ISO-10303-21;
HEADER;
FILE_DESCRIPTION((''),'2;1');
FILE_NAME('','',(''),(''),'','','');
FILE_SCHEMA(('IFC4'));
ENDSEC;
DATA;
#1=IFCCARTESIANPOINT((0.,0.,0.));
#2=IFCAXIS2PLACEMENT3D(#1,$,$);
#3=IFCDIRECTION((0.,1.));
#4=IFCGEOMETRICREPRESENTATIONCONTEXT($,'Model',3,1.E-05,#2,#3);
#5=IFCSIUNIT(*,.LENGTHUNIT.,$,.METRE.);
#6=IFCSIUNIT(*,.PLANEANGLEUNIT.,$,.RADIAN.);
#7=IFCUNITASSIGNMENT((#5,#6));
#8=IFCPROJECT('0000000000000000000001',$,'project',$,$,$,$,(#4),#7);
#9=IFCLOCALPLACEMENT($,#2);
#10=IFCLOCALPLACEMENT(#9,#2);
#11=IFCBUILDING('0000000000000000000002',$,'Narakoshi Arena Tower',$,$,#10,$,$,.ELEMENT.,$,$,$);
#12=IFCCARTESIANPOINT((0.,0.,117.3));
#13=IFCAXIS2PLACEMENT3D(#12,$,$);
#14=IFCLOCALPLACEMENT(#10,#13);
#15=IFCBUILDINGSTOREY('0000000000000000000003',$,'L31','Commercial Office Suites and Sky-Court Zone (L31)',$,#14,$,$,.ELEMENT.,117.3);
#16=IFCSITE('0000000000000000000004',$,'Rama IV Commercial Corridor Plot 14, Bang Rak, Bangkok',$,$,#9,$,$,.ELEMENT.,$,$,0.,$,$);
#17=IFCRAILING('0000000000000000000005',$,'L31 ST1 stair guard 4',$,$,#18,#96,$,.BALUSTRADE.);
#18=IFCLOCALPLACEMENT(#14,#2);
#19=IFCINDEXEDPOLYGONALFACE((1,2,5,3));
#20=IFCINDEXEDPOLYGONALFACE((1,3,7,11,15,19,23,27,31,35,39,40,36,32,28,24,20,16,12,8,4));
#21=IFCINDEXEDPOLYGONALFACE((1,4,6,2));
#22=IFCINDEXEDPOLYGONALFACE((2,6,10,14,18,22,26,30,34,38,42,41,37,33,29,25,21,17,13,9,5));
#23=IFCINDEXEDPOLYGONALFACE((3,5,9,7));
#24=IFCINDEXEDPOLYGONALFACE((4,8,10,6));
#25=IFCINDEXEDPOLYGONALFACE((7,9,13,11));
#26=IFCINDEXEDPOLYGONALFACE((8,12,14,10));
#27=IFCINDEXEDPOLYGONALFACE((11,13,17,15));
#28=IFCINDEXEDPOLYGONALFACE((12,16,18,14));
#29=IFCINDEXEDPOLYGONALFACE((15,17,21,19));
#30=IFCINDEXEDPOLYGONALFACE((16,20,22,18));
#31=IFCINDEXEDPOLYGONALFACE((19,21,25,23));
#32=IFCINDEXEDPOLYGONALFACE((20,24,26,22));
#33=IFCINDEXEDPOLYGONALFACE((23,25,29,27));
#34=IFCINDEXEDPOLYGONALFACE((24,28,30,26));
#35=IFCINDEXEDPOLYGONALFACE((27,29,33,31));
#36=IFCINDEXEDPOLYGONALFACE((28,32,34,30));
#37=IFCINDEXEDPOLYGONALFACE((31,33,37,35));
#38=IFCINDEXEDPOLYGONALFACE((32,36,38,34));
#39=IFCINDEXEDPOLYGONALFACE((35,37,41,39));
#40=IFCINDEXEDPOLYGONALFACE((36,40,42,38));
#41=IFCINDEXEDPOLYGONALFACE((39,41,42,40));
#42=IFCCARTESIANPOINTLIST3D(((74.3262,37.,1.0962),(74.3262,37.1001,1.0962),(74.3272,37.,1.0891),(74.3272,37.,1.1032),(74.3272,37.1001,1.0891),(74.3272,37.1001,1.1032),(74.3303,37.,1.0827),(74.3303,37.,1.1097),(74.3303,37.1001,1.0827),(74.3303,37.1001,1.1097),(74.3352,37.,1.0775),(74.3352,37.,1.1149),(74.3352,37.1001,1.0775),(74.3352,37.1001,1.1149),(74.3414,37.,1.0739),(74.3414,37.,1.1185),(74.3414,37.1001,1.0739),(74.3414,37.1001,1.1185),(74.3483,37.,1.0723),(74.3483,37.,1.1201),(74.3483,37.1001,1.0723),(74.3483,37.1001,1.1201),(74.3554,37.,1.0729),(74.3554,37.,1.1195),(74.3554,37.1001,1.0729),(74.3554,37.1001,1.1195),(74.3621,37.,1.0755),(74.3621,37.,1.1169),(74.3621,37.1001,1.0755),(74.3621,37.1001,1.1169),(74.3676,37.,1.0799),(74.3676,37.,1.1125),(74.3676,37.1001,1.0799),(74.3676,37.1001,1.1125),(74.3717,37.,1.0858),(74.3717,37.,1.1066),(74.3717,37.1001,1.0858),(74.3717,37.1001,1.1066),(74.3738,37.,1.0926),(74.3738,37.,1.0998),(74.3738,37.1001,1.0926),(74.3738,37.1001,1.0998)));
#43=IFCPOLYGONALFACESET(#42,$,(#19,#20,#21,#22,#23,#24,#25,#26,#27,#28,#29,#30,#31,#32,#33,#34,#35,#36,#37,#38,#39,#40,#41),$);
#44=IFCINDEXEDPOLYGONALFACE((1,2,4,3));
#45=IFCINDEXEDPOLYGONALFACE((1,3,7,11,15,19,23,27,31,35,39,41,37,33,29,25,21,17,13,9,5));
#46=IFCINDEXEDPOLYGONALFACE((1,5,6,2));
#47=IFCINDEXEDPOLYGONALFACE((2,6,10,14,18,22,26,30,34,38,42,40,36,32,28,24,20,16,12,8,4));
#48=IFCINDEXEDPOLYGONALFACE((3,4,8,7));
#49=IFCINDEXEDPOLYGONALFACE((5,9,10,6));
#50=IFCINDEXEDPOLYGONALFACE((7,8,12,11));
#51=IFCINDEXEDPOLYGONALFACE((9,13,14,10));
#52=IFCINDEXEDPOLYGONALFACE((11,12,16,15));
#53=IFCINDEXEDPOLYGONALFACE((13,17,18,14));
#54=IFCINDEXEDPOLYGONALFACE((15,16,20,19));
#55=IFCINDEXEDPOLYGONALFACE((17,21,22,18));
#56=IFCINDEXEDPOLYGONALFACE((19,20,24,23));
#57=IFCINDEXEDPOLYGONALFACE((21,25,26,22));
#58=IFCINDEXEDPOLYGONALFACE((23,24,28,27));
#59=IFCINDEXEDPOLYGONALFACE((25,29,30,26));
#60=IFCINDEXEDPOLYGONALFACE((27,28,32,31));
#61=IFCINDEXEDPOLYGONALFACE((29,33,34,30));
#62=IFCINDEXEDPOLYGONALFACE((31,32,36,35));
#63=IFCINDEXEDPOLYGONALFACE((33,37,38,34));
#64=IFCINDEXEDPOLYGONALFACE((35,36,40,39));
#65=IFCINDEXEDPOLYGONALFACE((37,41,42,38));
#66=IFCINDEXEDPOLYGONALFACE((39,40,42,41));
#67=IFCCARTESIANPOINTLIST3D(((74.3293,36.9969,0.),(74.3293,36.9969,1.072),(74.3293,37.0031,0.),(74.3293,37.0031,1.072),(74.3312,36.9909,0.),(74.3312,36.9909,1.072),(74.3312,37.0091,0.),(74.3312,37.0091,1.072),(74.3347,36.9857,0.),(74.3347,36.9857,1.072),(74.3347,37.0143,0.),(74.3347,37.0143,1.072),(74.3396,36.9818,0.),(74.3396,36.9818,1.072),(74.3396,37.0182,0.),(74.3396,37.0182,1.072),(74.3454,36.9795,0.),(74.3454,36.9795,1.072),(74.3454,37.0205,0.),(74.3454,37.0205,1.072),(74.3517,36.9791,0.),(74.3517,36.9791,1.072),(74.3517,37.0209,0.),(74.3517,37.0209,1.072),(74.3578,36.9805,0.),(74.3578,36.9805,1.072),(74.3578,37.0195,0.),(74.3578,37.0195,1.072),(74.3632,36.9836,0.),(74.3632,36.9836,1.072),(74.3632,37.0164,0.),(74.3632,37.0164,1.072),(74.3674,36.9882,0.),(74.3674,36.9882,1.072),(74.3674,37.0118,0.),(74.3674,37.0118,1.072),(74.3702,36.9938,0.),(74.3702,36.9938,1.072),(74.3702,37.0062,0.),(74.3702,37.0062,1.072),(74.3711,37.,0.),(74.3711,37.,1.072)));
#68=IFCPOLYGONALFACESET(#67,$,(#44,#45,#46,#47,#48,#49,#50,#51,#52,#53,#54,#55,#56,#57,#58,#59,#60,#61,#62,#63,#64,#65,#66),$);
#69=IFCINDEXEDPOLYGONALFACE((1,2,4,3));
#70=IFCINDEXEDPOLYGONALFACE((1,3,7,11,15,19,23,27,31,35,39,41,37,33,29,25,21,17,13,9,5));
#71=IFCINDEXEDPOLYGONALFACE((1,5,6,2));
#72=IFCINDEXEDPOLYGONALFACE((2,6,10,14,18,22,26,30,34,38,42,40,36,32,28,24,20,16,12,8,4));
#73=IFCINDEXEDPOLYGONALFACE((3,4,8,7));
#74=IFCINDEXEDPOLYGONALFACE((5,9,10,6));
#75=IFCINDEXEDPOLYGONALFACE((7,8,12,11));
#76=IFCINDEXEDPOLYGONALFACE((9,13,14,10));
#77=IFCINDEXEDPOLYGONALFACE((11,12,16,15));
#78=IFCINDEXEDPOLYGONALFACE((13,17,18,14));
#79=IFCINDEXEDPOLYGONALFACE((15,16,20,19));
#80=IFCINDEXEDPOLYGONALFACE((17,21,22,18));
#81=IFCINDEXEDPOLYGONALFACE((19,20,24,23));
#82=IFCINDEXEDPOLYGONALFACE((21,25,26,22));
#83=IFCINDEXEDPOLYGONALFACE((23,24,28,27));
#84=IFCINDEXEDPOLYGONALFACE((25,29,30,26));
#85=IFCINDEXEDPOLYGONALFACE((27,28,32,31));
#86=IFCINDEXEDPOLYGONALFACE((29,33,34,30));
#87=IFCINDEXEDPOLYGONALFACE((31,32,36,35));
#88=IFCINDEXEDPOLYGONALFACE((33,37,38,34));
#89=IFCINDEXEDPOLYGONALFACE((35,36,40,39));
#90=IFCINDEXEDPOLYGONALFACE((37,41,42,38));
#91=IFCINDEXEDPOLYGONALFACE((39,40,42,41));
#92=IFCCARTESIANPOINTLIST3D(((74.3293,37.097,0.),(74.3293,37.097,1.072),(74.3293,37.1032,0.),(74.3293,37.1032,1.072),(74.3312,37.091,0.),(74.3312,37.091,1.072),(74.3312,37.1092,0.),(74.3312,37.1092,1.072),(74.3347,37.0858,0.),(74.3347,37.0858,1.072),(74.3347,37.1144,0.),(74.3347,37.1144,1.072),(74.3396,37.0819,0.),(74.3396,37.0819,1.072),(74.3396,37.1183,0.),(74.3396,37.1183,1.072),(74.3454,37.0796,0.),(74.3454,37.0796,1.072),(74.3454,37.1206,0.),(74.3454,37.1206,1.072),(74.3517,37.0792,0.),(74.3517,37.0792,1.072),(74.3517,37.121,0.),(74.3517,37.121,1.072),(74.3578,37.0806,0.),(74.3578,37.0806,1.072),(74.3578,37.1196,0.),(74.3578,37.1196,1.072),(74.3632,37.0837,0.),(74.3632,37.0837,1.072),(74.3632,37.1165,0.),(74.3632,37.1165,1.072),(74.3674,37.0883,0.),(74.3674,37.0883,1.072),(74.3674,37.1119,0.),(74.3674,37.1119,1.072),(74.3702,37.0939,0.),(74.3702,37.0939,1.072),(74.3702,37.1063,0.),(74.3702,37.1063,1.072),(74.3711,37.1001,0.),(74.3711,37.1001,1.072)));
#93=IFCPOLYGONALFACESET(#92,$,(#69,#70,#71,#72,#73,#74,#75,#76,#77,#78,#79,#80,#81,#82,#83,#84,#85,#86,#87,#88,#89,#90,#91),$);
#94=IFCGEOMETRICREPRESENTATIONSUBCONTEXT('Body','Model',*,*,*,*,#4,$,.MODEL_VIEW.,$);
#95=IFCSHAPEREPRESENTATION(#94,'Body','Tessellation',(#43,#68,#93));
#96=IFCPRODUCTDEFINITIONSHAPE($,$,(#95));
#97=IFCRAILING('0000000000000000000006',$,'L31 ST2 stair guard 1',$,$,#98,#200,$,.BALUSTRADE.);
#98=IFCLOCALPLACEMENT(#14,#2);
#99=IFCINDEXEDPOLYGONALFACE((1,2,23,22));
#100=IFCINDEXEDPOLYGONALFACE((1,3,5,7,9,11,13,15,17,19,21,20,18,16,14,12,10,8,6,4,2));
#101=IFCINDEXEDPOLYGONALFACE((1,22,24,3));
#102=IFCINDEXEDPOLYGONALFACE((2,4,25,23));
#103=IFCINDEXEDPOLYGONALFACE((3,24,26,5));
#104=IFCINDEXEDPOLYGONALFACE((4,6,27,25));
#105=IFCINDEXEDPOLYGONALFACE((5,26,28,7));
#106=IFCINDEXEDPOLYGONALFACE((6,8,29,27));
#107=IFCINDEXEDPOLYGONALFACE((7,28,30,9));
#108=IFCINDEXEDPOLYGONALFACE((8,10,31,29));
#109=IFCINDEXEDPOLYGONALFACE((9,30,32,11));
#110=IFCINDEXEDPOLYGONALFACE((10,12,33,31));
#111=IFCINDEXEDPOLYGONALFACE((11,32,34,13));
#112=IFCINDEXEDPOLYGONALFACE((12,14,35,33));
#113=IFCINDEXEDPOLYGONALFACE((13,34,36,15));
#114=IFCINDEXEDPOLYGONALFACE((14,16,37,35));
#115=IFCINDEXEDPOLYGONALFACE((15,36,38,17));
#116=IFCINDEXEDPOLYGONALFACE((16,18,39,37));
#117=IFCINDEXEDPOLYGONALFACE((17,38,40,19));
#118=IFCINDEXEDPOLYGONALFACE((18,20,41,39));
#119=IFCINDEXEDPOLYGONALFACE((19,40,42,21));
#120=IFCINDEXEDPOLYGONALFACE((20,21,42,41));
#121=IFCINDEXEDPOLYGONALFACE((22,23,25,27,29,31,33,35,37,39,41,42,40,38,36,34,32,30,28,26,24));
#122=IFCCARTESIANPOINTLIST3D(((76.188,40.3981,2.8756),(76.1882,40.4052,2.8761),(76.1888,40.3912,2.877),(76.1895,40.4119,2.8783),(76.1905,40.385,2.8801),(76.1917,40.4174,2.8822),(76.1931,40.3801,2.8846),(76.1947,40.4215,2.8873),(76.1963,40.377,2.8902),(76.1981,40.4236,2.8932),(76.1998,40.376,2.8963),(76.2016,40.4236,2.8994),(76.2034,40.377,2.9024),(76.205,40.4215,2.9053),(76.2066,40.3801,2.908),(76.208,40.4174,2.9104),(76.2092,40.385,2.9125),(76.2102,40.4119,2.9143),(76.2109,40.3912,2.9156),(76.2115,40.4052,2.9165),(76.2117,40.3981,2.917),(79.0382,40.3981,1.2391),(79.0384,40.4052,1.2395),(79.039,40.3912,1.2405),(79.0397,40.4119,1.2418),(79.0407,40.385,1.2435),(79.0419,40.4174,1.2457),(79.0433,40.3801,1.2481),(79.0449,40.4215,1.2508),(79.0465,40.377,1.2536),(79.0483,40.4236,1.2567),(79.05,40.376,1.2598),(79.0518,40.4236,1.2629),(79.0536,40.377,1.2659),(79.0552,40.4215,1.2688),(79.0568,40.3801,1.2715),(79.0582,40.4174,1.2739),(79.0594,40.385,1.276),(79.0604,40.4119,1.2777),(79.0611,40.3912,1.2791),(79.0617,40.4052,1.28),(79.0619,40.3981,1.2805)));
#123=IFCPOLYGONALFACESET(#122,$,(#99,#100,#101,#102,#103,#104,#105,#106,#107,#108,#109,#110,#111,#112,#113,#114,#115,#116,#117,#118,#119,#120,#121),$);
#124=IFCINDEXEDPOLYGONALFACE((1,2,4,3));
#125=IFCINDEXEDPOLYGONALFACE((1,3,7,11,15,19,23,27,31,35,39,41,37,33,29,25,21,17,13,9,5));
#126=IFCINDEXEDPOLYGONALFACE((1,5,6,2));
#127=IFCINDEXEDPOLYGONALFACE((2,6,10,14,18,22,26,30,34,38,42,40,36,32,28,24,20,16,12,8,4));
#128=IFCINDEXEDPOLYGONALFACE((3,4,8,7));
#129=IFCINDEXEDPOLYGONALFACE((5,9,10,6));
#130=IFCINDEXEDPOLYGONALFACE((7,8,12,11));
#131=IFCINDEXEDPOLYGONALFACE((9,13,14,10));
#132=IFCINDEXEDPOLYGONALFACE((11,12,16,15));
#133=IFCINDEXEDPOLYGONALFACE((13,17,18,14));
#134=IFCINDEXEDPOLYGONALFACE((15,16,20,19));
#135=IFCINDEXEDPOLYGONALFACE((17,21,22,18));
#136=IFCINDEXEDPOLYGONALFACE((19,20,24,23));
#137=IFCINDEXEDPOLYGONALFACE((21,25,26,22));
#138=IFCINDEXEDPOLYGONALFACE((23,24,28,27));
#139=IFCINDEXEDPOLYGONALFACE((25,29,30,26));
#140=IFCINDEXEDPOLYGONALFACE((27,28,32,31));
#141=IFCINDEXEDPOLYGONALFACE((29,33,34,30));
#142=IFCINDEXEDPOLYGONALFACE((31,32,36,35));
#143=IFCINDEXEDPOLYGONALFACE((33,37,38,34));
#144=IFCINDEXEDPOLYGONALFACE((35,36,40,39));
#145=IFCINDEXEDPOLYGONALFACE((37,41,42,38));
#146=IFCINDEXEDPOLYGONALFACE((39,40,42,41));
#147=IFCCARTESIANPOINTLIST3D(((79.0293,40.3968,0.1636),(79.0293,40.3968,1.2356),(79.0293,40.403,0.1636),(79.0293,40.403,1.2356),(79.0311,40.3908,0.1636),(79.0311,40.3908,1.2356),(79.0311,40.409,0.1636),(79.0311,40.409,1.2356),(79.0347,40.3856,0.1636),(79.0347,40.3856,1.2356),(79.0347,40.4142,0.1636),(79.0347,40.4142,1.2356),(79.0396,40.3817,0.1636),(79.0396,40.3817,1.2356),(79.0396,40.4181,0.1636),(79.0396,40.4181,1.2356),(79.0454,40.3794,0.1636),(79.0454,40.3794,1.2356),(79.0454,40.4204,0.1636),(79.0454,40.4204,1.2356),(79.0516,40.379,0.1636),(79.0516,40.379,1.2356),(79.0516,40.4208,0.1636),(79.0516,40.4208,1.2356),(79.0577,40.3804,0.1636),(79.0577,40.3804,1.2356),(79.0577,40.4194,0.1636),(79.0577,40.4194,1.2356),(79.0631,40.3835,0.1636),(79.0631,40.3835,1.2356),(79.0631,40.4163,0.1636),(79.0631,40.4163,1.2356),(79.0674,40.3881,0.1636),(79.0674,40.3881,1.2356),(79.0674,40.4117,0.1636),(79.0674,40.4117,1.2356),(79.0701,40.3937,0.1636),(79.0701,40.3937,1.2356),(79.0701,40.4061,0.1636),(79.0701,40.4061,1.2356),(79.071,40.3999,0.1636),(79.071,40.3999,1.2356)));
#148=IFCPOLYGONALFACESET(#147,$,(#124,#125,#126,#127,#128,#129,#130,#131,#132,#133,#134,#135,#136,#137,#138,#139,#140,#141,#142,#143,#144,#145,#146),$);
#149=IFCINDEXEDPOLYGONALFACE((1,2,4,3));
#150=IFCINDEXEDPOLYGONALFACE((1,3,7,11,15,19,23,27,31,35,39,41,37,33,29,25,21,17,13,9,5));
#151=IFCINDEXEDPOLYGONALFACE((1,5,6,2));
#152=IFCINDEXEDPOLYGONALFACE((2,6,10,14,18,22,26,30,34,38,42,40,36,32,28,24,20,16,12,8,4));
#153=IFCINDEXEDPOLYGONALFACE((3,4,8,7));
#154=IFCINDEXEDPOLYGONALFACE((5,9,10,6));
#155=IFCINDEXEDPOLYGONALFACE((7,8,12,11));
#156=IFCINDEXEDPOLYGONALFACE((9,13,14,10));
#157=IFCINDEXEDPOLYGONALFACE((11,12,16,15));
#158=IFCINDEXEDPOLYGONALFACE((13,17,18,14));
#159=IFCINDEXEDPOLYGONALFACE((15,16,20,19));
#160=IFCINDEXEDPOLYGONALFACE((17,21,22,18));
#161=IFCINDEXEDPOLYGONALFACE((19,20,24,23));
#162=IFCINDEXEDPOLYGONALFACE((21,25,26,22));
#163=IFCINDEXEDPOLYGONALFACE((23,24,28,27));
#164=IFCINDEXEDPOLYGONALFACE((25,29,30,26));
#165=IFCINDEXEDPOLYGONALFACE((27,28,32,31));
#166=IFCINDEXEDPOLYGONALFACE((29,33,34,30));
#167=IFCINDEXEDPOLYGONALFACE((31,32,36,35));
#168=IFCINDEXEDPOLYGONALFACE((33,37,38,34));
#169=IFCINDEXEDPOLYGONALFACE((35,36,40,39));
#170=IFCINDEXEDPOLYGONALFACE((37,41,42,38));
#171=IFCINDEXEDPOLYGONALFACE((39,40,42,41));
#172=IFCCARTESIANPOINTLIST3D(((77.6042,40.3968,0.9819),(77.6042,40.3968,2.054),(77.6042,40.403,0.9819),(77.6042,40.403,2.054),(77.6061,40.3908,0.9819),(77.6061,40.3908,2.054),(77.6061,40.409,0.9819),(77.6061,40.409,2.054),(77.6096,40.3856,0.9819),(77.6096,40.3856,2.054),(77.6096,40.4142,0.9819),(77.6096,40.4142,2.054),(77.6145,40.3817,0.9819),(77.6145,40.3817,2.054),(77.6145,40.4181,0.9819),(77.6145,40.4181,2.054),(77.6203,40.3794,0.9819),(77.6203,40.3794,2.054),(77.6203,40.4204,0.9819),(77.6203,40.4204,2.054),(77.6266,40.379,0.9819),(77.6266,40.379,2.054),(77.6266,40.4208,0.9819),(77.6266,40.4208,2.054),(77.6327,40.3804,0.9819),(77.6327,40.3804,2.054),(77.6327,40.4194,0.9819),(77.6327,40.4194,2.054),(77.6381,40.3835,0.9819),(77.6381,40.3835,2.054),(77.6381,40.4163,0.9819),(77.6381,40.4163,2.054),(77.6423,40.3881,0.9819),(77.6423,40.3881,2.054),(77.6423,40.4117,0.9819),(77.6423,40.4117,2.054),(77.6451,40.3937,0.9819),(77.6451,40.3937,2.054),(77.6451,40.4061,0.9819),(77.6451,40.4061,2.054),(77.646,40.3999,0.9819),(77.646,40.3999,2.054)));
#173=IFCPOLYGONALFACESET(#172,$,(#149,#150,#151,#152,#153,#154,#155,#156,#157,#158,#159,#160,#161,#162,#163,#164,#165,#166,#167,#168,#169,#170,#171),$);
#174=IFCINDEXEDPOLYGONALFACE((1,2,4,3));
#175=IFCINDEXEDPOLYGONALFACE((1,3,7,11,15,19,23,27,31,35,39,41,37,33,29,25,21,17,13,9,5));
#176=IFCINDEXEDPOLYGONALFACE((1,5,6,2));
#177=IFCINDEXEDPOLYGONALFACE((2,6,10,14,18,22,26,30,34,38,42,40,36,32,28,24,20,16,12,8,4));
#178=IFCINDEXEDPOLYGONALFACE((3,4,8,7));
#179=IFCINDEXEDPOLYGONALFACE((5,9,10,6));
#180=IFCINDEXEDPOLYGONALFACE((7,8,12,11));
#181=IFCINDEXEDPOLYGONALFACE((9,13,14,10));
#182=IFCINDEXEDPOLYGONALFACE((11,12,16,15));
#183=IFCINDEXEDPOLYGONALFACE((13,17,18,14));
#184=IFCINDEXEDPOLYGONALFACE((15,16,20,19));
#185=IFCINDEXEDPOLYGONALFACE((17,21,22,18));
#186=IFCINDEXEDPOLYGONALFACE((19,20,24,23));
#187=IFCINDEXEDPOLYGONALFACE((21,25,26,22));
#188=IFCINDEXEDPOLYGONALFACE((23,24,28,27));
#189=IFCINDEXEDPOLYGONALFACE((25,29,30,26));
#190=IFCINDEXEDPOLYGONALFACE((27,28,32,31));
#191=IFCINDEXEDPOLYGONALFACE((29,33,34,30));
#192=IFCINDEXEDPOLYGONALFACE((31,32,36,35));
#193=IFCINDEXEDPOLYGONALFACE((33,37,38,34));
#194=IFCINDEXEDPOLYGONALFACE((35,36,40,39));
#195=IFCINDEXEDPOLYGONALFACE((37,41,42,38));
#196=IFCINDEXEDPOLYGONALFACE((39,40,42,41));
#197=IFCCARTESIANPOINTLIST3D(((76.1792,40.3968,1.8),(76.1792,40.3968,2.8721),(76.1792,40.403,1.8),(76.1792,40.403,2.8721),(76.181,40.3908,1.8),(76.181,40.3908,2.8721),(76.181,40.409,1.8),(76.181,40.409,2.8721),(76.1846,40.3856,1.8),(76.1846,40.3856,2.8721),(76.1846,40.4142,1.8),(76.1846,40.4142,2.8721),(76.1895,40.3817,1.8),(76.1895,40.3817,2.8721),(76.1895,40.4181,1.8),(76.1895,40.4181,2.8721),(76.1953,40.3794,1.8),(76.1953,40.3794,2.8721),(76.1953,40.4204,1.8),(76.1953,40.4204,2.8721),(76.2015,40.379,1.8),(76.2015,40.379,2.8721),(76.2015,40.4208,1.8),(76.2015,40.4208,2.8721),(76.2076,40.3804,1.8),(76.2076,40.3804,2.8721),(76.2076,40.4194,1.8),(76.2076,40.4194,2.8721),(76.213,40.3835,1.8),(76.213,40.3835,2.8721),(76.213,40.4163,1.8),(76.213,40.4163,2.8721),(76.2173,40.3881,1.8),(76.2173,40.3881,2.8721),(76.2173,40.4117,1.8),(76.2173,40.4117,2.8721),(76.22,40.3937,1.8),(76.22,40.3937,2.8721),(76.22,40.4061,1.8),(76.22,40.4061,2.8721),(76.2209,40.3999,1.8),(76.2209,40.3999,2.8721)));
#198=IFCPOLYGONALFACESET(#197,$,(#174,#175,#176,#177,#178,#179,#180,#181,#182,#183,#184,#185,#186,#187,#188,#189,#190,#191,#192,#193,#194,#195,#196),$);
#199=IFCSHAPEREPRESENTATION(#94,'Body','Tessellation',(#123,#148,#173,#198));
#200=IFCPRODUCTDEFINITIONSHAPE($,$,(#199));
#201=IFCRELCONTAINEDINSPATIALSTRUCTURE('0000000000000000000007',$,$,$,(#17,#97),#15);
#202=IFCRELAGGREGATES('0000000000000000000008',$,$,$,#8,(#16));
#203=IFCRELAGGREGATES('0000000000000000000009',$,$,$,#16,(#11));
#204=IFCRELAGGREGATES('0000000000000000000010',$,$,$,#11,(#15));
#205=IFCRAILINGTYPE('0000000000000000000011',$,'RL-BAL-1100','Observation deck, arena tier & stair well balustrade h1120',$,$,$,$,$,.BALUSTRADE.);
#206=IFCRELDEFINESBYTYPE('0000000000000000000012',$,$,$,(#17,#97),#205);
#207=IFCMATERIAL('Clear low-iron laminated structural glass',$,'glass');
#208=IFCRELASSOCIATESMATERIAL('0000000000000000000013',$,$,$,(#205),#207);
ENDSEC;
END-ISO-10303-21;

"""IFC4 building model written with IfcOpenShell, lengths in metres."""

from ifc_helpers import new_model, si_unit, direction, frame, origin, origin_2d, place, context, subcontext, project, spatial, circle, extrude, material, type_object, element, save


model = new_model("IFC4")

# Units and contexts
model_context = context("Model", 3, precision=1e-05, world=origin(), true_north=direction((0.0, 1.0)))
body_context = subcontext(model_context, "Body", "Model", "MODEL_VIEW")
ifc_project = project(units=[si_unit("LENGTHUNIT", "METRE"), si_unit("PLANEANGLEUNIT", "RADIAN")], contexts=[model_context])

# Site, building, storey
site_placement = place(None, origin())
site = spatial("IfcSite", under=ifc_project, at=site_placement, Name="Rama IV Commercial Corridor Plot 14, Bang Rak, Bangkok", CompositionType="ELEMENT", RefElevation=0.0)
building_placement = place(site_placement, origin())
building = spatial("IfcBuilding", under=site, at=building_placement, Name="Narakoshi Arena Tower", CompositionType="ELEMENT")
storey_placement = place(building_placement, frame((0.0, 0.0, 117.3)))
storey = spatial("IfcBuildingStorey", under=building, at=storey_placement, Name="L31", Description="Commercial Office Suites and Sky-Court Zone (L31)", CompositionType="ELEMENT", Elevation=117.3)

# Railings
ifc_material_1 = material(Name="Clear low-iron laminated structural glass", Category="glass")
railing_type_1 = type_object("IfcRailingType", Name="RL-BAL-1100", Description="Observation deck, arena tier & stair well balustrade h1120", PredefinedType="BALUSTRADE", material=ifc_material_1)
railing_1_placement = place(storey_placement, frame((74.3501, 37.0, 0.0)))
element("IfcRailing", 1, at=railing_1_placement, inside=storey, type_object=railing_type_1, Name="L31 ST1 stair guard 4", PredefinedType="BALUSTRADE", context=body_context, shape_type="SweptSolid", body=[
    extrude(circle(Radius=0.0239, at=origin_2d()), frame((0.0, 0.0, 1.0962), z_axis=(0.0, 1.0, 0.0), x_axis=(-1.0, 0.0, 0.0)), (0.0, 0.0, 1.0), 0.1001),
    extrude(circle(Radius=0.021, at=origin_2d()), origin(), (0.0, 0.0, 1.0), 1.072),
    extrude(circle(Radius=0.021, at=origin_2d()), frame((0.0, 0.1001, 0.0)), (0.0, 0.0, 1.0), 1.072),
])
railing_2_placement = place(storey_placement, frame((79.05, 40.3999, 0.1636)))
element("IfcRailing", 2, at=railing_2_placement, inside=storey, type_object=railing_type_1, Name="L31 ST2 stair guard 1", PredefinedType="BALUSTRADE", context=body_context, shape_type="SweptSolid", body=[
    extrude(circle(Radius=0.0239, at=origin_2d()), frame((0.0, 0.0, 1.0962), z_axis=(-0.867213, 0.0, 0.497938), x_axis=(0.0, -1.0, 0.0)), (0.0, 0.0, 1.0), 3.2866),
    extrude(circle(Radius=0.021, at=origin_2d()), origin(), (0.0, 0.0, 1.0), 1.072),
    extrude(circle(Radius=0.021, at=origin_2d()), frame((-1.425, 0.0, 0.8184)), (0.0, 0.0, 1.0), 1.072),
    extrude(circle(Radius=0.021, at=origin_2d()), frame((-2.8501, 0.0, 1.6365)), (0.0, 0.0, 1.0), 1.072),
])

save(model, "model.ifc")
